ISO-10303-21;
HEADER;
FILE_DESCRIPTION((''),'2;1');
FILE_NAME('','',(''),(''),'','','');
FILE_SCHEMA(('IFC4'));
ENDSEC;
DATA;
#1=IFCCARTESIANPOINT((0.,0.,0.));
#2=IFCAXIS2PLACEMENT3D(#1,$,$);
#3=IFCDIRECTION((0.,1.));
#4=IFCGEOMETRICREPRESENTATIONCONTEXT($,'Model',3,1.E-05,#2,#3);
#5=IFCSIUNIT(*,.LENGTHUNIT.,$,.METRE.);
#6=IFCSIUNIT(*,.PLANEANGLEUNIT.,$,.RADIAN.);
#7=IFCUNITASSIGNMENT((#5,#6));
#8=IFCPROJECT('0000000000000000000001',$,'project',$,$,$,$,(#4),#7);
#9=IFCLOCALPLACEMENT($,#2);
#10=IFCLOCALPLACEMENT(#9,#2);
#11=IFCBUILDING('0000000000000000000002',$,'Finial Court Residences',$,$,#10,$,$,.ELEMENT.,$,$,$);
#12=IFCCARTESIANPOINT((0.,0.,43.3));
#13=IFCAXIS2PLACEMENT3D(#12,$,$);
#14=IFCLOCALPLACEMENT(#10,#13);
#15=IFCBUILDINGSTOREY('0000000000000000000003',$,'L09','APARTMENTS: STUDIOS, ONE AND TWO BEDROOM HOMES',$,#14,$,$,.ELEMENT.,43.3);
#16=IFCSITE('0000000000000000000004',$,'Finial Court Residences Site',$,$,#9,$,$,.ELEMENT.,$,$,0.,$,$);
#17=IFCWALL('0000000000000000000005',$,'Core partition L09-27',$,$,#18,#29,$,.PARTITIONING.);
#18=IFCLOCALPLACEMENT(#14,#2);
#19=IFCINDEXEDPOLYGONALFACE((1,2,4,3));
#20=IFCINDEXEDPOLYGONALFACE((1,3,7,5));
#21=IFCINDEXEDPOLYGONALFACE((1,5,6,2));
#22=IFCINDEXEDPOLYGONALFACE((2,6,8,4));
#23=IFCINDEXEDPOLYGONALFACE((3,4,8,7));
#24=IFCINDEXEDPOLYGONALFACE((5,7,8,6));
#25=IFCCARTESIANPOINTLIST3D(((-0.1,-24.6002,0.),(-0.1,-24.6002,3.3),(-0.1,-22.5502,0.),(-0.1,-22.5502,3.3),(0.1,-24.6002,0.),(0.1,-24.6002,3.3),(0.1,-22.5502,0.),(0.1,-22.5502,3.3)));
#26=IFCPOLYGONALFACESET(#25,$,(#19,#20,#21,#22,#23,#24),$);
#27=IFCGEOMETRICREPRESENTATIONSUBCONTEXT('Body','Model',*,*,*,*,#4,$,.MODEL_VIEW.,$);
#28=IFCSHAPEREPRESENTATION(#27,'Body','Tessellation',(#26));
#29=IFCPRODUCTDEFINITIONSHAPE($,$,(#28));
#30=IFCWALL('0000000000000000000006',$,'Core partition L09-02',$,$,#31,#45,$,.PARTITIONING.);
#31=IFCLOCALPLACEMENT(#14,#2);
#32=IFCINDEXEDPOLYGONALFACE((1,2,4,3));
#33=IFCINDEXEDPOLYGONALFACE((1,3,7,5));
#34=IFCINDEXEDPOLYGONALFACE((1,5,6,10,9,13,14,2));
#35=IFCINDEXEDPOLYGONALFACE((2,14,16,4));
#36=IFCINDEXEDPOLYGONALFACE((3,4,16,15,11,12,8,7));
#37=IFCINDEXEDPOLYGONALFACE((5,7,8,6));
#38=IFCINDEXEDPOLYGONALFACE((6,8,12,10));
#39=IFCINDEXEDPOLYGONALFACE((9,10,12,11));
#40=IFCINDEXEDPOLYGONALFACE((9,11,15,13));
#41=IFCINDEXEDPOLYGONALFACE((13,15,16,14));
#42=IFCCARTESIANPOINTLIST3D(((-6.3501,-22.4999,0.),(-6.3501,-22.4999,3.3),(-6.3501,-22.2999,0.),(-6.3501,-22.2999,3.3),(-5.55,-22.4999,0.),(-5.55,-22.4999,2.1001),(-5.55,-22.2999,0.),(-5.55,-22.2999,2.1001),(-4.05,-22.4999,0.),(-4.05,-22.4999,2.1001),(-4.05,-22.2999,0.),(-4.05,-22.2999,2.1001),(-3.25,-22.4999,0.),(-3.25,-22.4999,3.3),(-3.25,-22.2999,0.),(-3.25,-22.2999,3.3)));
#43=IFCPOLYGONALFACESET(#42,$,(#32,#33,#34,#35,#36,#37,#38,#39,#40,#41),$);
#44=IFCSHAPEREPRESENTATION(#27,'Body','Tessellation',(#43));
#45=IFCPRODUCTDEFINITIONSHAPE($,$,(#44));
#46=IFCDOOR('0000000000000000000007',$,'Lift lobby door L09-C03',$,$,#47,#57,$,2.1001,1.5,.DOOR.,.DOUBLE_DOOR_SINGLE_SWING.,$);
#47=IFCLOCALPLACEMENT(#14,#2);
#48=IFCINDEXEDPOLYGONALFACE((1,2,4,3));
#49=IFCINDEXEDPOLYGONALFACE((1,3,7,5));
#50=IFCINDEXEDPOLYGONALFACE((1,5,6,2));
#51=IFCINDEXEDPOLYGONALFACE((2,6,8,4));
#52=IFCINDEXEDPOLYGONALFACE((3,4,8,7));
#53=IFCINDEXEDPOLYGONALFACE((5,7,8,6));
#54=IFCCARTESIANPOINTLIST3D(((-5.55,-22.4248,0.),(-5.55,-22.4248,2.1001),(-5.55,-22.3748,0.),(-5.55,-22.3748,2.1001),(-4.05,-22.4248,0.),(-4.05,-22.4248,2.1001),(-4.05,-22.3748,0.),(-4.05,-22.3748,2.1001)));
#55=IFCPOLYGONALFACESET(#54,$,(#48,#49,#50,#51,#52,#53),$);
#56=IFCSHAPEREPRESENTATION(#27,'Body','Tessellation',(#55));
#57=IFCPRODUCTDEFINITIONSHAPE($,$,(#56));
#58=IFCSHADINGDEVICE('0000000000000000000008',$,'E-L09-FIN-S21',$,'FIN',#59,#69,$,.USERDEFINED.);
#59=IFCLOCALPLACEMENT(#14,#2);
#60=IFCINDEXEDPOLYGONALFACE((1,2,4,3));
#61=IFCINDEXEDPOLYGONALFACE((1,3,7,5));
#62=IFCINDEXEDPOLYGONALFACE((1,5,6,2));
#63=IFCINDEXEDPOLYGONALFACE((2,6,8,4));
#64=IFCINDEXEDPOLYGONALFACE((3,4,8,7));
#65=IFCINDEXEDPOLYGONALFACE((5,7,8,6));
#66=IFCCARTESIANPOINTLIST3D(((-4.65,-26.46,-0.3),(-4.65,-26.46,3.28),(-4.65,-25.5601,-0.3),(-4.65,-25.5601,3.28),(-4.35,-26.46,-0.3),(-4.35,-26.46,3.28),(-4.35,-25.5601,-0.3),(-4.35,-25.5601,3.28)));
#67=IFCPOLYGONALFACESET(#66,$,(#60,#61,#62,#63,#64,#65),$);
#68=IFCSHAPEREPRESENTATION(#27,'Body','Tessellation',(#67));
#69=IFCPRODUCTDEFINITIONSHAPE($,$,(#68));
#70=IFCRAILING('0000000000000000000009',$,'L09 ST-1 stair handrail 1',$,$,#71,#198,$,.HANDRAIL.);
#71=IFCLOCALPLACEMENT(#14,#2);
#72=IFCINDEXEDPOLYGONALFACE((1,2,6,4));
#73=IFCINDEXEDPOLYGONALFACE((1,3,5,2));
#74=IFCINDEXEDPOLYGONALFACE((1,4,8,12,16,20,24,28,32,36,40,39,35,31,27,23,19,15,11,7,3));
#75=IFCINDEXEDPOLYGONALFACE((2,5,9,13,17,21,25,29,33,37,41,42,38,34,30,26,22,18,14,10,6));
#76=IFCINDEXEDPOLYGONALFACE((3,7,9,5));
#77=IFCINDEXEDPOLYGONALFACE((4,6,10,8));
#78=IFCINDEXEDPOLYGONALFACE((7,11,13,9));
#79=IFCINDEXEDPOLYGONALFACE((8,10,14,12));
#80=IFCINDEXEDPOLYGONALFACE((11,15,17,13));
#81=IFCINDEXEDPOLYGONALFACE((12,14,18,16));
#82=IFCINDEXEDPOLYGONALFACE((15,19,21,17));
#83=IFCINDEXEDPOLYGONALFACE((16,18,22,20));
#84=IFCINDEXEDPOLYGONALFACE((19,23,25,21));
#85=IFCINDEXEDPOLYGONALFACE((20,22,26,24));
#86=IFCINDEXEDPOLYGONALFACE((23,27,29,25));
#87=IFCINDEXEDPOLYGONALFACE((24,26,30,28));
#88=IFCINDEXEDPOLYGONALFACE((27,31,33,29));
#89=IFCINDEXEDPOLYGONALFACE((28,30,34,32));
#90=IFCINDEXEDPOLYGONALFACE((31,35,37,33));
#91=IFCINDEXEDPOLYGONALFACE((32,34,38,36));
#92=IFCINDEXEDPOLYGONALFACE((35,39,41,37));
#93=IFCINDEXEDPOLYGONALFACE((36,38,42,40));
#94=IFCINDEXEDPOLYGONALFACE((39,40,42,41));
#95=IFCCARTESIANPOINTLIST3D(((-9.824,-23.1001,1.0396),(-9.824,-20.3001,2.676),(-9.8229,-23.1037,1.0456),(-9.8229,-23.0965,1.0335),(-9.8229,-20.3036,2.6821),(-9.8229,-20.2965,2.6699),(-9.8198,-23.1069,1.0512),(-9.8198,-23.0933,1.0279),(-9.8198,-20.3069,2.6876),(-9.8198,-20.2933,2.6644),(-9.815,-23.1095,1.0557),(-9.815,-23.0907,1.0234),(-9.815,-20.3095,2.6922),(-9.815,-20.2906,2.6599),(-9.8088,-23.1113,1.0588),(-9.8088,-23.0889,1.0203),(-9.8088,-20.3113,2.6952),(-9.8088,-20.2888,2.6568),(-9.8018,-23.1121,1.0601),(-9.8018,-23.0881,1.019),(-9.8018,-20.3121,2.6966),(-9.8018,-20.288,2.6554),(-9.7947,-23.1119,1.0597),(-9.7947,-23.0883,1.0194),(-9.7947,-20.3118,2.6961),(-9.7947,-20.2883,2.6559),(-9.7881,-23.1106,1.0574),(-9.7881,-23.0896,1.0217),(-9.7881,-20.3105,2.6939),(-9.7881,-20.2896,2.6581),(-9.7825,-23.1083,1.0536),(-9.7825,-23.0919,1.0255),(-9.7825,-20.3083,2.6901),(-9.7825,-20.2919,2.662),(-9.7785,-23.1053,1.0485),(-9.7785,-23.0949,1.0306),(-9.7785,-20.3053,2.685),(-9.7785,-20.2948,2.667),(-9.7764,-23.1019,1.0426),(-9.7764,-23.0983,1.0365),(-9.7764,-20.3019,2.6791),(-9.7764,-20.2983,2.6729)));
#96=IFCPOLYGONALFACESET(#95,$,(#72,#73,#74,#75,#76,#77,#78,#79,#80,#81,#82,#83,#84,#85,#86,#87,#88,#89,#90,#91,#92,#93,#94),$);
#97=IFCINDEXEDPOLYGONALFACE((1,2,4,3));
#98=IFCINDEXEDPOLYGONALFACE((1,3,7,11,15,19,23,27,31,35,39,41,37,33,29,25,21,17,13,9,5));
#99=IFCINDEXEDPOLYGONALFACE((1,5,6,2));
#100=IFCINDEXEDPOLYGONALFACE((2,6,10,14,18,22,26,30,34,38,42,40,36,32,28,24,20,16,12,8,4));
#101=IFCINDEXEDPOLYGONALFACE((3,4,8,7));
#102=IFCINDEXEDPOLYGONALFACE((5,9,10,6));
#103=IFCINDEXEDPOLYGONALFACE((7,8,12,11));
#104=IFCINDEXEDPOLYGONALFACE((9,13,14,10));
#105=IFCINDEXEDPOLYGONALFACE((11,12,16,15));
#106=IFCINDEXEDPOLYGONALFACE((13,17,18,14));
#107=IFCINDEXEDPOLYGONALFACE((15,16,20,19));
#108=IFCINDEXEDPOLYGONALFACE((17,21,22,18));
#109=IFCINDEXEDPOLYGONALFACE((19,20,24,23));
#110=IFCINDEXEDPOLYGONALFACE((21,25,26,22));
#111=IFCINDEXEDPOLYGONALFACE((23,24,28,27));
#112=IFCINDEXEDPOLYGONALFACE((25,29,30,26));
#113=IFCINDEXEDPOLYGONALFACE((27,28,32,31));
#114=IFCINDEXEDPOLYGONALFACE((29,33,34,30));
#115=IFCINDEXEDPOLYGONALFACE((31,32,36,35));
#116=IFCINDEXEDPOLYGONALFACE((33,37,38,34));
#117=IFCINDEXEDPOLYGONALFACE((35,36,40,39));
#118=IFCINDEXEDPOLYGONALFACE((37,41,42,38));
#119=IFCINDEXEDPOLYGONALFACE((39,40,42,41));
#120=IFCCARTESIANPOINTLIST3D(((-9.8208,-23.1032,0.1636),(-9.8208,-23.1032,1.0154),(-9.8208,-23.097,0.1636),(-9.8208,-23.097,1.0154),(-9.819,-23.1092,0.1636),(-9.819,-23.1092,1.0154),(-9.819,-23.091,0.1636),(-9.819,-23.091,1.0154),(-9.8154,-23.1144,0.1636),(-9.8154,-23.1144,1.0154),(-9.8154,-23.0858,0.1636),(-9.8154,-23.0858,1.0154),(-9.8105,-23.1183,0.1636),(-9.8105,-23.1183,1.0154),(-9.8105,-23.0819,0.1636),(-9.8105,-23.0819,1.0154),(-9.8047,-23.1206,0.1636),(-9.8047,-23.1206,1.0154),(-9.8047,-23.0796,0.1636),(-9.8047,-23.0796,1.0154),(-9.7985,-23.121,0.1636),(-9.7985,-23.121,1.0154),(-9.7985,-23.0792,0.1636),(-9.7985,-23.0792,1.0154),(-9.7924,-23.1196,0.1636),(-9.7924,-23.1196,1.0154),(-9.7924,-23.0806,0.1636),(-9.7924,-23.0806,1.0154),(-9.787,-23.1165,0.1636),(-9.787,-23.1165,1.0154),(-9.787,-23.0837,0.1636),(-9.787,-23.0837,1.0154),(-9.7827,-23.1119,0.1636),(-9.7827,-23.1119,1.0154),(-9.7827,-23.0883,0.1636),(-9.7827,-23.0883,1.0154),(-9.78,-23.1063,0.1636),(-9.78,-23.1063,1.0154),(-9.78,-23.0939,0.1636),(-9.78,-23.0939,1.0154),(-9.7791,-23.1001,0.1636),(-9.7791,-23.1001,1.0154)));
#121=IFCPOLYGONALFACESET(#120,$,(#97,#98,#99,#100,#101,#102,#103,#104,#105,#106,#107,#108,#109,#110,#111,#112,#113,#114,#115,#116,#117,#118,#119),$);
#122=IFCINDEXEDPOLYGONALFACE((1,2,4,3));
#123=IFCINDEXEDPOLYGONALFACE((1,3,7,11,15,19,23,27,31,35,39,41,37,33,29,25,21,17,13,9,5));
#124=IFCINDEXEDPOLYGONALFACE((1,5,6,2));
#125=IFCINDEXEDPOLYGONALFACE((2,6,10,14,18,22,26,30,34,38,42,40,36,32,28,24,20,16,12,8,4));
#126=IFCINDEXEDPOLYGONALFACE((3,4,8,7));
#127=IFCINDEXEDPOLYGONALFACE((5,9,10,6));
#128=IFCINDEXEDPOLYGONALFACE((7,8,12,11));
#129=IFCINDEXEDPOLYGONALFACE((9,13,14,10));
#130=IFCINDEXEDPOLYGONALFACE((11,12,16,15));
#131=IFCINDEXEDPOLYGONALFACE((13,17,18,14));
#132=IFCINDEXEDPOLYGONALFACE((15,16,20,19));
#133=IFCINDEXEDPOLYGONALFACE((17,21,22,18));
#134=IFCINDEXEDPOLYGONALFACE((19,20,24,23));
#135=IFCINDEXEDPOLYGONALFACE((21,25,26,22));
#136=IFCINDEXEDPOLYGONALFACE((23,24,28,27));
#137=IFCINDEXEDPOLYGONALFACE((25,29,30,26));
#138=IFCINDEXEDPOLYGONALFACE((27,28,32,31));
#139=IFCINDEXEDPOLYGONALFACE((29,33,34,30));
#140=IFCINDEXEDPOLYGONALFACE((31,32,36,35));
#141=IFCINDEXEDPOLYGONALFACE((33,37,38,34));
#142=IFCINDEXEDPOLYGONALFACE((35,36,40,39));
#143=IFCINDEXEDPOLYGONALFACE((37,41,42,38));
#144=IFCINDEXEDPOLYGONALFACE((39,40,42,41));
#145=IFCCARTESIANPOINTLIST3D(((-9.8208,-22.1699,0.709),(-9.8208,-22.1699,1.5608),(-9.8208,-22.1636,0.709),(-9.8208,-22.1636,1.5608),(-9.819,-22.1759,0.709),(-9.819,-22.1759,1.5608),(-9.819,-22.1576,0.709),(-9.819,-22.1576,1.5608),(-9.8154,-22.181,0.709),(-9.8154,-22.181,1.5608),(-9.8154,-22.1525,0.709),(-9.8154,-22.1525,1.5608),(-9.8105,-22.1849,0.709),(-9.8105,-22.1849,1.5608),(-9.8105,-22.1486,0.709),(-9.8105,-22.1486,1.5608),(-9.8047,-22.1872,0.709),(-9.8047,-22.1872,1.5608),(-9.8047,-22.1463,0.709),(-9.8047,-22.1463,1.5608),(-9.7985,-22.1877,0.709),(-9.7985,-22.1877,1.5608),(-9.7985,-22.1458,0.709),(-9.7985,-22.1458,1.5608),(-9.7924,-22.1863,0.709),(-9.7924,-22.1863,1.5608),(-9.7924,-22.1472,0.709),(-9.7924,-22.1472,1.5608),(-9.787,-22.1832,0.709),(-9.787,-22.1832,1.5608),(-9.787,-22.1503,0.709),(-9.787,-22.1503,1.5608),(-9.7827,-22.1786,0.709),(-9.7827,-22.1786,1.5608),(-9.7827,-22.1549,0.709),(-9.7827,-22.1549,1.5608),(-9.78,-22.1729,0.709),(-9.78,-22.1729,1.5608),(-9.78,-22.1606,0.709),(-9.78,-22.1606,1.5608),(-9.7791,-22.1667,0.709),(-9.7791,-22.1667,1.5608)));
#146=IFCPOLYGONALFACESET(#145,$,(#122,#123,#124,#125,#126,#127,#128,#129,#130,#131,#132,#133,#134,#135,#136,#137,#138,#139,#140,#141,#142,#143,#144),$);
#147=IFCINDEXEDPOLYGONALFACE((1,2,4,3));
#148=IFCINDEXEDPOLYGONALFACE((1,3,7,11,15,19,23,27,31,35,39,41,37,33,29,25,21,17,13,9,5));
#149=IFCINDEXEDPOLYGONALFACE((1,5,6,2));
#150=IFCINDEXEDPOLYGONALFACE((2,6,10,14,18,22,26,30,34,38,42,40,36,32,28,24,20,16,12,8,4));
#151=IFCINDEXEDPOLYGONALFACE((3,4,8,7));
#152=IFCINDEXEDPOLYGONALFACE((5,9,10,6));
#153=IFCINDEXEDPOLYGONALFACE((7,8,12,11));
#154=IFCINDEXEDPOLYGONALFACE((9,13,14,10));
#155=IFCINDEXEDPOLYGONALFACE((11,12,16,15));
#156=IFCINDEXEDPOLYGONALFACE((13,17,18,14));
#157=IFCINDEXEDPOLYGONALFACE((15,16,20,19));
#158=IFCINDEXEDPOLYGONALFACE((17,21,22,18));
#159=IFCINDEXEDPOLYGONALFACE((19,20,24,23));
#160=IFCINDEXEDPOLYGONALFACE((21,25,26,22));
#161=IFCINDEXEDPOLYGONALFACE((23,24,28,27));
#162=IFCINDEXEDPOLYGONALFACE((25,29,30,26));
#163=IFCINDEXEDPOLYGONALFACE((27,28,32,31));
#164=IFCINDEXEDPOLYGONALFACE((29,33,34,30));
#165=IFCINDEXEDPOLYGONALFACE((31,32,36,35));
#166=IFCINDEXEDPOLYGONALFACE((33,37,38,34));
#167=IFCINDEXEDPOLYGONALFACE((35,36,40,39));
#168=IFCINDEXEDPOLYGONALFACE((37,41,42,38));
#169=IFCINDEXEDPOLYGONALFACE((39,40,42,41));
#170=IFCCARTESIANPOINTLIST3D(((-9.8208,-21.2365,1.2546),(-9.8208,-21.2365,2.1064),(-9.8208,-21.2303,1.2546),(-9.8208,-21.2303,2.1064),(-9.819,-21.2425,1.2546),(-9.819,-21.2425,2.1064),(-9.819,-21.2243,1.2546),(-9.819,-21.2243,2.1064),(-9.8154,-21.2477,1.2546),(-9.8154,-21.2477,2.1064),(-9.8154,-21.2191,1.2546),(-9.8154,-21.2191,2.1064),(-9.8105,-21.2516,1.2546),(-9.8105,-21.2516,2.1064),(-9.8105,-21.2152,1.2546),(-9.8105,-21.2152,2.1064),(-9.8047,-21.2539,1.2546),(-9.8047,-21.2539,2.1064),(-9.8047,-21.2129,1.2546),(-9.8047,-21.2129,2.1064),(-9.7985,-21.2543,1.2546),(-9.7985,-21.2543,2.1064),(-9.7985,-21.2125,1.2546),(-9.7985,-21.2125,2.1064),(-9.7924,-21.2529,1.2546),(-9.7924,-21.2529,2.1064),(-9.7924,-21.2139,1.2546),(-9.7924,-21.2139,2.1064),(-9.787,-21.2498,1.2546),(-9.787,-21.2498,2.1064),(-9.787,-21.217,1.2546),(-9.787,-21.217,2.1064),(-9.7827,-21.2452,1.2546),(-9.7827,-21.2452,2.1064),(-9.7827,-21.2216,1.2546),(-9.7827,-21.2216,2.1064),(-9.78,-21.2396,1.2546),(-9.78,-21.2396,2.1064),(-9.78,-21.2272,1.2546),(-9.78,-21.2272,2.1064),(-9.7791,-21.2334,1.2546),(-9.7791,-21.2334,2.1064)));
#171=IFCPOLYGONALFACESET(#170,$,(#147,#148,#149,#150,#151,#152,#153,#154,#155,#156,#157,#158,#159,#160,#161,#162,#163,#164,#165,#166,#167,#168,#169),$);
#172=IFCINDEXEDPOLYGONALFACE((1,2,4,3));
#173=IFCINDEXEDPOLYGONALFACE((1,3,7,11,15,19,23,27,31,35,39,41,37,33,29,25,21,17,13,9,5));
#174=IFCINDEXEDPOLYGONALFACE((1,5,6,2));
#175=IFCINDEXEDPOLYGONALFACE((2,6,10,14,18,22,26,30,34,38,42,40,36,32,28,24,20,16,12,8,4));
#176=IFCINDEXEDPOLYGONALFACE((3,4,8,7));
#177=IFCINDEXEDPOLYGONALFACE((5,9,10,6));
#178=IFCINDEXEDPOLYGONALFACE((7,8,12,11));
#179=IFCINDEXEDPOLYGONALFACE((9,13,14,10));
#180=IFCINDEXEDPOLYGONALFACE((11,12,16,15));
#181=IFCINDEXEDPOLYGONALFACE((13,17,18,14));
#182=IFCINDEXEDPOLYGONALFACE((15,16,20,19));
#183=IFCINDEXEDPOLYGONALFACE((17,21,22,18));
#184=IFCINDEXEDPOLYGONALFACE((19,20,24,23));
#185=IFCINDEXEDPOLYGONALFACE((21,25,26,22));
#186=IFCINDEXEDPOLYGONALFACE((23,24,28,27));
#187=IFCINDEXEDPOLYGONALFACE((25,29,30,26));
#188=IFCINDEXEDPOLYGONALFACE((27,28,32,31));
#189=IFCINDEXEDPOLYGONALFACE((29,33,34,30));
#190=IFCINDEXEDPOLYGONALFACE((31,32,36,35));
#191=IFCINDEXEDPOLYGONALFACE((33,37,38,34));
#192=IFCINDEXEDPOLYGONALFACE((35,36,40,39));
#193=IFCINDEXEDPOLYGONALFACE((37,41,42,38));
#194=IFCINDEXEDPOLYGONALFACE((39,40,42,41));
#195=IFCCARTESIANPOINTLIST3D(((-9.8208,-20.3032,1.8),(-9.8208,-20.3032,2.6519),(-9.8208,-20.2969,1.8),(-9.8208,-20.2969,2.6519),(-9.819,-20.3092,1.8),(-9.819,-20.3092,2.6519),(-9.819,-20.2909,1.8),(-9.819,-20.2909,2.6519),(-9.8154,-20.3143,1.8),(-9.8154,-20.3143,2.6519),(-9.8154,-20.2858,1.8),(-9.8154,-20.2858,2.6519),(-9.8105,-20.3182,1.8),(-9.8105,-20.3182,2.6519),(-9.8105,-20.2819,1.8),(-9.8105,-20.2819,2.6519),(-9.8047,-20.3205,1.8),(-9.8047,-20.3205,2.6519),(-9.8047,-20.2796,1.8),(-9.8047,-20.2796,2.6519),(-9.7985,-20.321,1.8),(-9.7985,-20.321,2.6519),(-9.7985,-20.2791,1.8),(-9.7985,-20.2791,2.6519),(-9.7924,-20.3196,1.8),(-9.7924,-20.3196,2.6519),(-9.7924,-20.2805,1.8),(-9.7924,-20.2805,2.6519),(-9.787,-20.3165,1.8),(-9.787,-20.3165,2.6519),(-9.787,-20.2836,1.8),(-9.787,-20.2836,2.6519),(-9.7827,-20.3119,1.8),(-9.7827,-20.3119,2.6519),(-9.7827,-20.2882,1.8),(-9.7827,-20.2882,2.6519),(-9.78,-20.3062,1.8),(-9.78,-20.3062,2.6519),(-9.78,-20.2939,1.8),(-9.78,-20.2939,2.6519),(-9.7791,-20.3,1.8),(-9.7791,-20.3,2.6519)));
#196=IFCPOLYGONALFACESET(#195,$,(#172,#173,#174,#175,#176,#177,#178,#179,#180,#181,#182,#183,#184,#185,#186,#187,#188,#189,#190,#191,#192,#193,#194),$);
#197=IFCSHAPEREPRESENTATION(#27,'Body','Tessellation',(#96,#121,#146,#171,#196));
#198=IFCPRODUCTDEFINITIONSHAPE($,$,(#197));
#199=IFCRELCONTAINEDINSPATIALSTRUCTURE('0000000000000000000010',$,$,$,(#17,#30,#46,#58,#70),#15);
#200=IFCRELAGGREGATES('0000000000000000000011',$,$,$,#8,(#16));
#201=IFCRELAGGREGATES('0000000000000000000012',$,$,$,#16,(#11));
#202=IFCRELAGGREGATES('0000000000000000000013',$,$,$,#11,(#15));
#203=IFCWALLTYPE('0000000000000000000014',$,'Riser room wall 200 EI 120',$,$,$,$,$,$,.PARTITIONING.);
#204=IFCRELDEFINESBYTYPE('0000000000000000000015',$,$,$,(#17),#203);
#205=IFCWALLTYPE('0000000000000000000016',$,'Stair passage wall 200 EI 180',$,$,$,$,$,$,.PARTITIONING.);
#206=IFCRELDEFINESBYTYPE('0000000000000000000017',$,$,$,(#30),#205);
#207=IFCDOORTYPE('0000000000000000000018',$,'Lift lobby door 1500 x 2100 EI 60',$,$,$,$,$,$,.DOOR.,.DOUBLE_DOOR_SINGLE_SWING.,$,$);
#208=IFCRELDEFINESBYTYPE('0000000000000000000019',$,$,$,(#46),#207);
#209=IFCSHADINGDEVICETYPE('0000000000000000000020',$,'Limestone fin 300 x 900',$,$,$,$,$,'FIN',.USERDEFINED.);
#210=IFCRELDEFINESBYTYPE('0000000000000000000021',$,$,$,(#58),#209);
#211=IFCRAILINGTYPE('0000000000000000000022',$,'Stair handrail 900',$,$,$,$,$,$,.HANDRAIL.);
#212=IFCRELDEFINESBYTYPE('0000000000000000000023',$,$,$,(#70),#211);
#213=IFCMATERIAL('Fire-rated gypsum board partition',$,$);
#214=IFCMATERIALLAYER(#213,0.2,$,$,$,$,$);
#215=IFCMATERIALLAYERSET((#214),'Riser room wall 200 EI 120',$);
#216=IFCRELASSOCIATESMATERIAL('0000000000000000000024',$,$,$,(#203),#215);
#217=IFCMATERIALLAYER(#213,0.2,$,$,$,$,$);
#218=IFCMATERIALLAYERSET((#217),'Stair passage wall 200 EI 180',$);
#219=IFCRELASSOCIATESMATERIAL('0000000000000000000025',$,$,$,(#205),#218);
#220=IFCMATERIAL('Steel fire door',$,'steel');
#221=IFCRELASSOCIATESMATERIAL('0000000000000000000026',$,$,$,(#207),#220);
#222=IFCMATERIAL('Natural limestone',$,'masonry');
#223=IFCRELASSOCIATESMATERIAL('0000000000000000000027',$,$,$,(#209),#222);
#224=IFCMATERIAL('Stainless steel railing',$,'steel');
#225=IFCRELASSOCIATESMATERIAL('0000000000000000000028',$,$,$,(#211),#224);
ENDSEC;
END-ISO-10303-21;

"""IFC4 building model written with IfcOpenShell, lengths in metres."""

from ifc_helpers import new_model, si_unit, direction, frame, frame_2d, origin, origin_2d, place, context, subcontext, project, spatial, rectangle, circle, extrude, material, layer, layer_set, type_object, element, fill, save


model = new_model("IFC4")

# Units and contexts
model_context = context("Model", 3, precision=1e-05, world=origin(), true_north=direction((0.0, 1.0)))
body_context = subcontext(model_context, "Body", "Model", "MODEL_VIEW")
ifc_project = project(units=[si_unit("LENGTHUNIT", "METRE"), si_unit("PLANEANGLEUNIT", "RADIAN")], contexts=[model_context])

# Site, building, storey
site_placement = place(None, origin())
site = spatial("IfcSite", under=ifc_project, at=site_placement, Name="Finial Court Residences Site", CompositionType="ELEMENT", RefElevation=0.0)
building_placement = place(site_placement, origin())
building = spatial("IfcBuilding", under=site, at=building_placement, Name="Finial Court Residences", CompositionType="ELEMENT")
storey_placement = place(building_placement, frame((0.0, 0.0, 43.3)))
storey = spatial("IfcBuildingStorey", under=building, at=storey_placement, Name="L09", Description="APARTMENTS: STUDIOS, ONE AND TWO BEDROOM HOMES", CompositionType="ELEMENT", Elevation=43.3)

# Shared definitions
ifc_material_1 = material(Name="Steel fire door", Category="steel")

# Wall
ifc_material_2 = material(Name="Fire-rated gypsum board partition")
ifc_layer_1 = layer(ifc_material_2, 0.2)
ifc_layer_set_1 = layer_set([ifc_layer_1], Name="Riser room wall 200 EI 120")
wall_type_1 = type_object("IfcWallType", Name="Riser room wall 200 EI 120", PredefinedType="PARTITIONING", material=ifc_layer_set_1)
wall_1_placement = place(storey_placement, frame((0.0, -24.6001, 0.0), z_axis=(0.0, 0.0, 1.0), x_axis=(0.0, 1.0, 0.0)))
element("IfcWall", 1, at=wall_1_placement, inside=storey, type_object=wall_type_1, Name="Core partition L09-27", PredefinedType="PARTITIONING", context=body_context, shape_type="SweptSolid", body=[
    extrude(rectangle(XDim=2.05, YDim=0.2, at=frame_2d((1.0249, 0.0))), origin(), (0.0, 0.0, 1.0), 3.3),
])

# Wall, opening, door
ifc_layer_2 = layer(ifc_material_2, 0.2)
ifc_layer_set_2 = layer_set([ifc_layer_2], Name="Stair passage wall 200 EI 180")
wall_type_2 = type_object("IfcWallType", Name="Stair passage wall 200 EI 180", PredefinedType="PARTITIONING", material=ifc_layer_set_2)
wall_2_placement = place(storey_placement, frame((-3.25, -22.3999, 0.0), z_axis=(0.0, 0.0, 1.0), x_axis=(-1.0, 0.0, 0.0)))
wall_2 = element("IfcWall", 2, at=wall_2_placement, inside=storey, type_object=wall_type_2, Name="Core partition L09-02", PredefinedType="PARTITIONING", context=body_context, shape_type="SweptSolid", body=[
    extrude(rectangle(XDim=3.1001, YDim=0.2, at=frame_2d((1.55, 0.0))), origin(), (0.0, 0.0, 1.0), 3.3),
])
opening_1_placement = place(wall_2_placement, frame((0.8, 0.0, 0.0)))
opening_1 = element("IfcOpeningElement", 3, at=opening_1_placement, cuts=wall_2, PredefinedType="OPENING", context=body_context, shape_type="SweptSolid", body=[
    extrude(rectangle(XDim=1.5, YDim=2.1001, at=frame_2d((0.75, 1.05))), frame((0.0, 0.1099, 0.0), z_axis=(0.0, -1.0, 0.0), x_axis=(1.0, 0.0, 0.0)), (0.0, 0.0, 1.0), 0.22),
])
door_type_1 = type_object("IfcDoorType", Name="Lift lobby door 1500 x 2100 EI 60", OperationType="DOUBLE_DOOR_SINGLE_SWING", PredefinedType="DOOR", material=ifc_material_1)
door_1_placement = place(opening_1_placement, origin())
door_1 = element("IfcDoor", 4, at=door_1_placement, inside=storey, type_object=door_type_1, Name="Lift lobby door L09-C03", OperationType="DOUBLE_DOOR_SINGLE_SWING", OverallHeight=2.1001, OverallWidth=1.5, PredefinedType="DOOR", context=body_context, shape_type="SweptSolid", body=[
    extrude(rectangle(XDim=1.5, YDim=2.1001, at=frame_2d((0.75, 1.05))), frame((0.0, 0.0249, 0.0), z_axis=(0.0, -1.0, 0.0), x_axis=(1.0, 0.0, 0.0)), (0.0, 0.0, 1.0), 0.05),
])
fill(opening_1, door_1)

# Shading device
ifc_material_3 = material(Name="Natural limestone", Category="masonry")
shading_device_type = type_object("IfcShadingDeviceType", Name="Limestone fin 300 x 900", ElementType="FIN", PredefinedType="USERDEFINED", material=ifc_material_3)
shading_device_placement = place(storey_placement, frame((-4.5, -26.01, -0.3), z_axis=(0.0, 0.0, 1.0), x_axis=(1.0, 0.0, 0.0)))
element("IfcShadingDevice", 5, at=shading_device_placement, inside=storey, type_object=shading_device_type, Name="E-L09-FIN-S21", ObjectType="FIN", PredefinedType="USERDEFINED", context=body_context, shape_type="SweptSolid", body=[
    extrude(rectangle(XDim=0.3, YDim=0.8999, at=origin_2d()), origin(), (0.0, 0.0, 1.0), 3.5801),
])

# Railing
ifc_material_4 = material(Name="Stainless steel railing", Category="steel")
railing_type = type_object("IfcRailingType", Name="Stair handrail 900", PredefinedType="HANDRAIL", material=ifc_material_4)
railing_placement = place(storey_placement, frame((-9.8, -23.1001, 0.1636)))
element("IfcRailing", 6, at=railing_placement, inside=storey, type_object=railing_type, Name="L09 ST-1 stair handrail 1", PredefinedType="HANDRAIL", context=body_context, shape_type="SweptSolid", body=[
    extrude(circle(Radius=0.0239, at=origin_2d()), frame((0.0, 0.0, 0.876), z_axis=(0.0, 0.863361, 0.504587), x_axis=(-1.0, 0.0, 0.0)), (0.0, 0.0, 1.0), 3.2432),
    extrude(circle(Radius=0.021, at=origin_2d()), origin(), (0.0, 0.0, 1.0), 0.8518),
    extrude(circle(Radius=0.021, at=origin_2d()), frame((0.0, 0.9333, 0.5454)), (0.0, 0.0, 1.0), 0.8518),
    extrude(circle(Radius=0.021, at=origin_2d()), frame((0.0, 1.8667, 1.0911)), (0.0, 0.0, 1.0), 0.8518),
    extrude(circle(Radius=0.021, at=origin_2d()), frame((0.0, 2.8, 1.6365)), (0.0, 0.0, 1.0), 0.8518),
])

save(model, "model.ifc")
